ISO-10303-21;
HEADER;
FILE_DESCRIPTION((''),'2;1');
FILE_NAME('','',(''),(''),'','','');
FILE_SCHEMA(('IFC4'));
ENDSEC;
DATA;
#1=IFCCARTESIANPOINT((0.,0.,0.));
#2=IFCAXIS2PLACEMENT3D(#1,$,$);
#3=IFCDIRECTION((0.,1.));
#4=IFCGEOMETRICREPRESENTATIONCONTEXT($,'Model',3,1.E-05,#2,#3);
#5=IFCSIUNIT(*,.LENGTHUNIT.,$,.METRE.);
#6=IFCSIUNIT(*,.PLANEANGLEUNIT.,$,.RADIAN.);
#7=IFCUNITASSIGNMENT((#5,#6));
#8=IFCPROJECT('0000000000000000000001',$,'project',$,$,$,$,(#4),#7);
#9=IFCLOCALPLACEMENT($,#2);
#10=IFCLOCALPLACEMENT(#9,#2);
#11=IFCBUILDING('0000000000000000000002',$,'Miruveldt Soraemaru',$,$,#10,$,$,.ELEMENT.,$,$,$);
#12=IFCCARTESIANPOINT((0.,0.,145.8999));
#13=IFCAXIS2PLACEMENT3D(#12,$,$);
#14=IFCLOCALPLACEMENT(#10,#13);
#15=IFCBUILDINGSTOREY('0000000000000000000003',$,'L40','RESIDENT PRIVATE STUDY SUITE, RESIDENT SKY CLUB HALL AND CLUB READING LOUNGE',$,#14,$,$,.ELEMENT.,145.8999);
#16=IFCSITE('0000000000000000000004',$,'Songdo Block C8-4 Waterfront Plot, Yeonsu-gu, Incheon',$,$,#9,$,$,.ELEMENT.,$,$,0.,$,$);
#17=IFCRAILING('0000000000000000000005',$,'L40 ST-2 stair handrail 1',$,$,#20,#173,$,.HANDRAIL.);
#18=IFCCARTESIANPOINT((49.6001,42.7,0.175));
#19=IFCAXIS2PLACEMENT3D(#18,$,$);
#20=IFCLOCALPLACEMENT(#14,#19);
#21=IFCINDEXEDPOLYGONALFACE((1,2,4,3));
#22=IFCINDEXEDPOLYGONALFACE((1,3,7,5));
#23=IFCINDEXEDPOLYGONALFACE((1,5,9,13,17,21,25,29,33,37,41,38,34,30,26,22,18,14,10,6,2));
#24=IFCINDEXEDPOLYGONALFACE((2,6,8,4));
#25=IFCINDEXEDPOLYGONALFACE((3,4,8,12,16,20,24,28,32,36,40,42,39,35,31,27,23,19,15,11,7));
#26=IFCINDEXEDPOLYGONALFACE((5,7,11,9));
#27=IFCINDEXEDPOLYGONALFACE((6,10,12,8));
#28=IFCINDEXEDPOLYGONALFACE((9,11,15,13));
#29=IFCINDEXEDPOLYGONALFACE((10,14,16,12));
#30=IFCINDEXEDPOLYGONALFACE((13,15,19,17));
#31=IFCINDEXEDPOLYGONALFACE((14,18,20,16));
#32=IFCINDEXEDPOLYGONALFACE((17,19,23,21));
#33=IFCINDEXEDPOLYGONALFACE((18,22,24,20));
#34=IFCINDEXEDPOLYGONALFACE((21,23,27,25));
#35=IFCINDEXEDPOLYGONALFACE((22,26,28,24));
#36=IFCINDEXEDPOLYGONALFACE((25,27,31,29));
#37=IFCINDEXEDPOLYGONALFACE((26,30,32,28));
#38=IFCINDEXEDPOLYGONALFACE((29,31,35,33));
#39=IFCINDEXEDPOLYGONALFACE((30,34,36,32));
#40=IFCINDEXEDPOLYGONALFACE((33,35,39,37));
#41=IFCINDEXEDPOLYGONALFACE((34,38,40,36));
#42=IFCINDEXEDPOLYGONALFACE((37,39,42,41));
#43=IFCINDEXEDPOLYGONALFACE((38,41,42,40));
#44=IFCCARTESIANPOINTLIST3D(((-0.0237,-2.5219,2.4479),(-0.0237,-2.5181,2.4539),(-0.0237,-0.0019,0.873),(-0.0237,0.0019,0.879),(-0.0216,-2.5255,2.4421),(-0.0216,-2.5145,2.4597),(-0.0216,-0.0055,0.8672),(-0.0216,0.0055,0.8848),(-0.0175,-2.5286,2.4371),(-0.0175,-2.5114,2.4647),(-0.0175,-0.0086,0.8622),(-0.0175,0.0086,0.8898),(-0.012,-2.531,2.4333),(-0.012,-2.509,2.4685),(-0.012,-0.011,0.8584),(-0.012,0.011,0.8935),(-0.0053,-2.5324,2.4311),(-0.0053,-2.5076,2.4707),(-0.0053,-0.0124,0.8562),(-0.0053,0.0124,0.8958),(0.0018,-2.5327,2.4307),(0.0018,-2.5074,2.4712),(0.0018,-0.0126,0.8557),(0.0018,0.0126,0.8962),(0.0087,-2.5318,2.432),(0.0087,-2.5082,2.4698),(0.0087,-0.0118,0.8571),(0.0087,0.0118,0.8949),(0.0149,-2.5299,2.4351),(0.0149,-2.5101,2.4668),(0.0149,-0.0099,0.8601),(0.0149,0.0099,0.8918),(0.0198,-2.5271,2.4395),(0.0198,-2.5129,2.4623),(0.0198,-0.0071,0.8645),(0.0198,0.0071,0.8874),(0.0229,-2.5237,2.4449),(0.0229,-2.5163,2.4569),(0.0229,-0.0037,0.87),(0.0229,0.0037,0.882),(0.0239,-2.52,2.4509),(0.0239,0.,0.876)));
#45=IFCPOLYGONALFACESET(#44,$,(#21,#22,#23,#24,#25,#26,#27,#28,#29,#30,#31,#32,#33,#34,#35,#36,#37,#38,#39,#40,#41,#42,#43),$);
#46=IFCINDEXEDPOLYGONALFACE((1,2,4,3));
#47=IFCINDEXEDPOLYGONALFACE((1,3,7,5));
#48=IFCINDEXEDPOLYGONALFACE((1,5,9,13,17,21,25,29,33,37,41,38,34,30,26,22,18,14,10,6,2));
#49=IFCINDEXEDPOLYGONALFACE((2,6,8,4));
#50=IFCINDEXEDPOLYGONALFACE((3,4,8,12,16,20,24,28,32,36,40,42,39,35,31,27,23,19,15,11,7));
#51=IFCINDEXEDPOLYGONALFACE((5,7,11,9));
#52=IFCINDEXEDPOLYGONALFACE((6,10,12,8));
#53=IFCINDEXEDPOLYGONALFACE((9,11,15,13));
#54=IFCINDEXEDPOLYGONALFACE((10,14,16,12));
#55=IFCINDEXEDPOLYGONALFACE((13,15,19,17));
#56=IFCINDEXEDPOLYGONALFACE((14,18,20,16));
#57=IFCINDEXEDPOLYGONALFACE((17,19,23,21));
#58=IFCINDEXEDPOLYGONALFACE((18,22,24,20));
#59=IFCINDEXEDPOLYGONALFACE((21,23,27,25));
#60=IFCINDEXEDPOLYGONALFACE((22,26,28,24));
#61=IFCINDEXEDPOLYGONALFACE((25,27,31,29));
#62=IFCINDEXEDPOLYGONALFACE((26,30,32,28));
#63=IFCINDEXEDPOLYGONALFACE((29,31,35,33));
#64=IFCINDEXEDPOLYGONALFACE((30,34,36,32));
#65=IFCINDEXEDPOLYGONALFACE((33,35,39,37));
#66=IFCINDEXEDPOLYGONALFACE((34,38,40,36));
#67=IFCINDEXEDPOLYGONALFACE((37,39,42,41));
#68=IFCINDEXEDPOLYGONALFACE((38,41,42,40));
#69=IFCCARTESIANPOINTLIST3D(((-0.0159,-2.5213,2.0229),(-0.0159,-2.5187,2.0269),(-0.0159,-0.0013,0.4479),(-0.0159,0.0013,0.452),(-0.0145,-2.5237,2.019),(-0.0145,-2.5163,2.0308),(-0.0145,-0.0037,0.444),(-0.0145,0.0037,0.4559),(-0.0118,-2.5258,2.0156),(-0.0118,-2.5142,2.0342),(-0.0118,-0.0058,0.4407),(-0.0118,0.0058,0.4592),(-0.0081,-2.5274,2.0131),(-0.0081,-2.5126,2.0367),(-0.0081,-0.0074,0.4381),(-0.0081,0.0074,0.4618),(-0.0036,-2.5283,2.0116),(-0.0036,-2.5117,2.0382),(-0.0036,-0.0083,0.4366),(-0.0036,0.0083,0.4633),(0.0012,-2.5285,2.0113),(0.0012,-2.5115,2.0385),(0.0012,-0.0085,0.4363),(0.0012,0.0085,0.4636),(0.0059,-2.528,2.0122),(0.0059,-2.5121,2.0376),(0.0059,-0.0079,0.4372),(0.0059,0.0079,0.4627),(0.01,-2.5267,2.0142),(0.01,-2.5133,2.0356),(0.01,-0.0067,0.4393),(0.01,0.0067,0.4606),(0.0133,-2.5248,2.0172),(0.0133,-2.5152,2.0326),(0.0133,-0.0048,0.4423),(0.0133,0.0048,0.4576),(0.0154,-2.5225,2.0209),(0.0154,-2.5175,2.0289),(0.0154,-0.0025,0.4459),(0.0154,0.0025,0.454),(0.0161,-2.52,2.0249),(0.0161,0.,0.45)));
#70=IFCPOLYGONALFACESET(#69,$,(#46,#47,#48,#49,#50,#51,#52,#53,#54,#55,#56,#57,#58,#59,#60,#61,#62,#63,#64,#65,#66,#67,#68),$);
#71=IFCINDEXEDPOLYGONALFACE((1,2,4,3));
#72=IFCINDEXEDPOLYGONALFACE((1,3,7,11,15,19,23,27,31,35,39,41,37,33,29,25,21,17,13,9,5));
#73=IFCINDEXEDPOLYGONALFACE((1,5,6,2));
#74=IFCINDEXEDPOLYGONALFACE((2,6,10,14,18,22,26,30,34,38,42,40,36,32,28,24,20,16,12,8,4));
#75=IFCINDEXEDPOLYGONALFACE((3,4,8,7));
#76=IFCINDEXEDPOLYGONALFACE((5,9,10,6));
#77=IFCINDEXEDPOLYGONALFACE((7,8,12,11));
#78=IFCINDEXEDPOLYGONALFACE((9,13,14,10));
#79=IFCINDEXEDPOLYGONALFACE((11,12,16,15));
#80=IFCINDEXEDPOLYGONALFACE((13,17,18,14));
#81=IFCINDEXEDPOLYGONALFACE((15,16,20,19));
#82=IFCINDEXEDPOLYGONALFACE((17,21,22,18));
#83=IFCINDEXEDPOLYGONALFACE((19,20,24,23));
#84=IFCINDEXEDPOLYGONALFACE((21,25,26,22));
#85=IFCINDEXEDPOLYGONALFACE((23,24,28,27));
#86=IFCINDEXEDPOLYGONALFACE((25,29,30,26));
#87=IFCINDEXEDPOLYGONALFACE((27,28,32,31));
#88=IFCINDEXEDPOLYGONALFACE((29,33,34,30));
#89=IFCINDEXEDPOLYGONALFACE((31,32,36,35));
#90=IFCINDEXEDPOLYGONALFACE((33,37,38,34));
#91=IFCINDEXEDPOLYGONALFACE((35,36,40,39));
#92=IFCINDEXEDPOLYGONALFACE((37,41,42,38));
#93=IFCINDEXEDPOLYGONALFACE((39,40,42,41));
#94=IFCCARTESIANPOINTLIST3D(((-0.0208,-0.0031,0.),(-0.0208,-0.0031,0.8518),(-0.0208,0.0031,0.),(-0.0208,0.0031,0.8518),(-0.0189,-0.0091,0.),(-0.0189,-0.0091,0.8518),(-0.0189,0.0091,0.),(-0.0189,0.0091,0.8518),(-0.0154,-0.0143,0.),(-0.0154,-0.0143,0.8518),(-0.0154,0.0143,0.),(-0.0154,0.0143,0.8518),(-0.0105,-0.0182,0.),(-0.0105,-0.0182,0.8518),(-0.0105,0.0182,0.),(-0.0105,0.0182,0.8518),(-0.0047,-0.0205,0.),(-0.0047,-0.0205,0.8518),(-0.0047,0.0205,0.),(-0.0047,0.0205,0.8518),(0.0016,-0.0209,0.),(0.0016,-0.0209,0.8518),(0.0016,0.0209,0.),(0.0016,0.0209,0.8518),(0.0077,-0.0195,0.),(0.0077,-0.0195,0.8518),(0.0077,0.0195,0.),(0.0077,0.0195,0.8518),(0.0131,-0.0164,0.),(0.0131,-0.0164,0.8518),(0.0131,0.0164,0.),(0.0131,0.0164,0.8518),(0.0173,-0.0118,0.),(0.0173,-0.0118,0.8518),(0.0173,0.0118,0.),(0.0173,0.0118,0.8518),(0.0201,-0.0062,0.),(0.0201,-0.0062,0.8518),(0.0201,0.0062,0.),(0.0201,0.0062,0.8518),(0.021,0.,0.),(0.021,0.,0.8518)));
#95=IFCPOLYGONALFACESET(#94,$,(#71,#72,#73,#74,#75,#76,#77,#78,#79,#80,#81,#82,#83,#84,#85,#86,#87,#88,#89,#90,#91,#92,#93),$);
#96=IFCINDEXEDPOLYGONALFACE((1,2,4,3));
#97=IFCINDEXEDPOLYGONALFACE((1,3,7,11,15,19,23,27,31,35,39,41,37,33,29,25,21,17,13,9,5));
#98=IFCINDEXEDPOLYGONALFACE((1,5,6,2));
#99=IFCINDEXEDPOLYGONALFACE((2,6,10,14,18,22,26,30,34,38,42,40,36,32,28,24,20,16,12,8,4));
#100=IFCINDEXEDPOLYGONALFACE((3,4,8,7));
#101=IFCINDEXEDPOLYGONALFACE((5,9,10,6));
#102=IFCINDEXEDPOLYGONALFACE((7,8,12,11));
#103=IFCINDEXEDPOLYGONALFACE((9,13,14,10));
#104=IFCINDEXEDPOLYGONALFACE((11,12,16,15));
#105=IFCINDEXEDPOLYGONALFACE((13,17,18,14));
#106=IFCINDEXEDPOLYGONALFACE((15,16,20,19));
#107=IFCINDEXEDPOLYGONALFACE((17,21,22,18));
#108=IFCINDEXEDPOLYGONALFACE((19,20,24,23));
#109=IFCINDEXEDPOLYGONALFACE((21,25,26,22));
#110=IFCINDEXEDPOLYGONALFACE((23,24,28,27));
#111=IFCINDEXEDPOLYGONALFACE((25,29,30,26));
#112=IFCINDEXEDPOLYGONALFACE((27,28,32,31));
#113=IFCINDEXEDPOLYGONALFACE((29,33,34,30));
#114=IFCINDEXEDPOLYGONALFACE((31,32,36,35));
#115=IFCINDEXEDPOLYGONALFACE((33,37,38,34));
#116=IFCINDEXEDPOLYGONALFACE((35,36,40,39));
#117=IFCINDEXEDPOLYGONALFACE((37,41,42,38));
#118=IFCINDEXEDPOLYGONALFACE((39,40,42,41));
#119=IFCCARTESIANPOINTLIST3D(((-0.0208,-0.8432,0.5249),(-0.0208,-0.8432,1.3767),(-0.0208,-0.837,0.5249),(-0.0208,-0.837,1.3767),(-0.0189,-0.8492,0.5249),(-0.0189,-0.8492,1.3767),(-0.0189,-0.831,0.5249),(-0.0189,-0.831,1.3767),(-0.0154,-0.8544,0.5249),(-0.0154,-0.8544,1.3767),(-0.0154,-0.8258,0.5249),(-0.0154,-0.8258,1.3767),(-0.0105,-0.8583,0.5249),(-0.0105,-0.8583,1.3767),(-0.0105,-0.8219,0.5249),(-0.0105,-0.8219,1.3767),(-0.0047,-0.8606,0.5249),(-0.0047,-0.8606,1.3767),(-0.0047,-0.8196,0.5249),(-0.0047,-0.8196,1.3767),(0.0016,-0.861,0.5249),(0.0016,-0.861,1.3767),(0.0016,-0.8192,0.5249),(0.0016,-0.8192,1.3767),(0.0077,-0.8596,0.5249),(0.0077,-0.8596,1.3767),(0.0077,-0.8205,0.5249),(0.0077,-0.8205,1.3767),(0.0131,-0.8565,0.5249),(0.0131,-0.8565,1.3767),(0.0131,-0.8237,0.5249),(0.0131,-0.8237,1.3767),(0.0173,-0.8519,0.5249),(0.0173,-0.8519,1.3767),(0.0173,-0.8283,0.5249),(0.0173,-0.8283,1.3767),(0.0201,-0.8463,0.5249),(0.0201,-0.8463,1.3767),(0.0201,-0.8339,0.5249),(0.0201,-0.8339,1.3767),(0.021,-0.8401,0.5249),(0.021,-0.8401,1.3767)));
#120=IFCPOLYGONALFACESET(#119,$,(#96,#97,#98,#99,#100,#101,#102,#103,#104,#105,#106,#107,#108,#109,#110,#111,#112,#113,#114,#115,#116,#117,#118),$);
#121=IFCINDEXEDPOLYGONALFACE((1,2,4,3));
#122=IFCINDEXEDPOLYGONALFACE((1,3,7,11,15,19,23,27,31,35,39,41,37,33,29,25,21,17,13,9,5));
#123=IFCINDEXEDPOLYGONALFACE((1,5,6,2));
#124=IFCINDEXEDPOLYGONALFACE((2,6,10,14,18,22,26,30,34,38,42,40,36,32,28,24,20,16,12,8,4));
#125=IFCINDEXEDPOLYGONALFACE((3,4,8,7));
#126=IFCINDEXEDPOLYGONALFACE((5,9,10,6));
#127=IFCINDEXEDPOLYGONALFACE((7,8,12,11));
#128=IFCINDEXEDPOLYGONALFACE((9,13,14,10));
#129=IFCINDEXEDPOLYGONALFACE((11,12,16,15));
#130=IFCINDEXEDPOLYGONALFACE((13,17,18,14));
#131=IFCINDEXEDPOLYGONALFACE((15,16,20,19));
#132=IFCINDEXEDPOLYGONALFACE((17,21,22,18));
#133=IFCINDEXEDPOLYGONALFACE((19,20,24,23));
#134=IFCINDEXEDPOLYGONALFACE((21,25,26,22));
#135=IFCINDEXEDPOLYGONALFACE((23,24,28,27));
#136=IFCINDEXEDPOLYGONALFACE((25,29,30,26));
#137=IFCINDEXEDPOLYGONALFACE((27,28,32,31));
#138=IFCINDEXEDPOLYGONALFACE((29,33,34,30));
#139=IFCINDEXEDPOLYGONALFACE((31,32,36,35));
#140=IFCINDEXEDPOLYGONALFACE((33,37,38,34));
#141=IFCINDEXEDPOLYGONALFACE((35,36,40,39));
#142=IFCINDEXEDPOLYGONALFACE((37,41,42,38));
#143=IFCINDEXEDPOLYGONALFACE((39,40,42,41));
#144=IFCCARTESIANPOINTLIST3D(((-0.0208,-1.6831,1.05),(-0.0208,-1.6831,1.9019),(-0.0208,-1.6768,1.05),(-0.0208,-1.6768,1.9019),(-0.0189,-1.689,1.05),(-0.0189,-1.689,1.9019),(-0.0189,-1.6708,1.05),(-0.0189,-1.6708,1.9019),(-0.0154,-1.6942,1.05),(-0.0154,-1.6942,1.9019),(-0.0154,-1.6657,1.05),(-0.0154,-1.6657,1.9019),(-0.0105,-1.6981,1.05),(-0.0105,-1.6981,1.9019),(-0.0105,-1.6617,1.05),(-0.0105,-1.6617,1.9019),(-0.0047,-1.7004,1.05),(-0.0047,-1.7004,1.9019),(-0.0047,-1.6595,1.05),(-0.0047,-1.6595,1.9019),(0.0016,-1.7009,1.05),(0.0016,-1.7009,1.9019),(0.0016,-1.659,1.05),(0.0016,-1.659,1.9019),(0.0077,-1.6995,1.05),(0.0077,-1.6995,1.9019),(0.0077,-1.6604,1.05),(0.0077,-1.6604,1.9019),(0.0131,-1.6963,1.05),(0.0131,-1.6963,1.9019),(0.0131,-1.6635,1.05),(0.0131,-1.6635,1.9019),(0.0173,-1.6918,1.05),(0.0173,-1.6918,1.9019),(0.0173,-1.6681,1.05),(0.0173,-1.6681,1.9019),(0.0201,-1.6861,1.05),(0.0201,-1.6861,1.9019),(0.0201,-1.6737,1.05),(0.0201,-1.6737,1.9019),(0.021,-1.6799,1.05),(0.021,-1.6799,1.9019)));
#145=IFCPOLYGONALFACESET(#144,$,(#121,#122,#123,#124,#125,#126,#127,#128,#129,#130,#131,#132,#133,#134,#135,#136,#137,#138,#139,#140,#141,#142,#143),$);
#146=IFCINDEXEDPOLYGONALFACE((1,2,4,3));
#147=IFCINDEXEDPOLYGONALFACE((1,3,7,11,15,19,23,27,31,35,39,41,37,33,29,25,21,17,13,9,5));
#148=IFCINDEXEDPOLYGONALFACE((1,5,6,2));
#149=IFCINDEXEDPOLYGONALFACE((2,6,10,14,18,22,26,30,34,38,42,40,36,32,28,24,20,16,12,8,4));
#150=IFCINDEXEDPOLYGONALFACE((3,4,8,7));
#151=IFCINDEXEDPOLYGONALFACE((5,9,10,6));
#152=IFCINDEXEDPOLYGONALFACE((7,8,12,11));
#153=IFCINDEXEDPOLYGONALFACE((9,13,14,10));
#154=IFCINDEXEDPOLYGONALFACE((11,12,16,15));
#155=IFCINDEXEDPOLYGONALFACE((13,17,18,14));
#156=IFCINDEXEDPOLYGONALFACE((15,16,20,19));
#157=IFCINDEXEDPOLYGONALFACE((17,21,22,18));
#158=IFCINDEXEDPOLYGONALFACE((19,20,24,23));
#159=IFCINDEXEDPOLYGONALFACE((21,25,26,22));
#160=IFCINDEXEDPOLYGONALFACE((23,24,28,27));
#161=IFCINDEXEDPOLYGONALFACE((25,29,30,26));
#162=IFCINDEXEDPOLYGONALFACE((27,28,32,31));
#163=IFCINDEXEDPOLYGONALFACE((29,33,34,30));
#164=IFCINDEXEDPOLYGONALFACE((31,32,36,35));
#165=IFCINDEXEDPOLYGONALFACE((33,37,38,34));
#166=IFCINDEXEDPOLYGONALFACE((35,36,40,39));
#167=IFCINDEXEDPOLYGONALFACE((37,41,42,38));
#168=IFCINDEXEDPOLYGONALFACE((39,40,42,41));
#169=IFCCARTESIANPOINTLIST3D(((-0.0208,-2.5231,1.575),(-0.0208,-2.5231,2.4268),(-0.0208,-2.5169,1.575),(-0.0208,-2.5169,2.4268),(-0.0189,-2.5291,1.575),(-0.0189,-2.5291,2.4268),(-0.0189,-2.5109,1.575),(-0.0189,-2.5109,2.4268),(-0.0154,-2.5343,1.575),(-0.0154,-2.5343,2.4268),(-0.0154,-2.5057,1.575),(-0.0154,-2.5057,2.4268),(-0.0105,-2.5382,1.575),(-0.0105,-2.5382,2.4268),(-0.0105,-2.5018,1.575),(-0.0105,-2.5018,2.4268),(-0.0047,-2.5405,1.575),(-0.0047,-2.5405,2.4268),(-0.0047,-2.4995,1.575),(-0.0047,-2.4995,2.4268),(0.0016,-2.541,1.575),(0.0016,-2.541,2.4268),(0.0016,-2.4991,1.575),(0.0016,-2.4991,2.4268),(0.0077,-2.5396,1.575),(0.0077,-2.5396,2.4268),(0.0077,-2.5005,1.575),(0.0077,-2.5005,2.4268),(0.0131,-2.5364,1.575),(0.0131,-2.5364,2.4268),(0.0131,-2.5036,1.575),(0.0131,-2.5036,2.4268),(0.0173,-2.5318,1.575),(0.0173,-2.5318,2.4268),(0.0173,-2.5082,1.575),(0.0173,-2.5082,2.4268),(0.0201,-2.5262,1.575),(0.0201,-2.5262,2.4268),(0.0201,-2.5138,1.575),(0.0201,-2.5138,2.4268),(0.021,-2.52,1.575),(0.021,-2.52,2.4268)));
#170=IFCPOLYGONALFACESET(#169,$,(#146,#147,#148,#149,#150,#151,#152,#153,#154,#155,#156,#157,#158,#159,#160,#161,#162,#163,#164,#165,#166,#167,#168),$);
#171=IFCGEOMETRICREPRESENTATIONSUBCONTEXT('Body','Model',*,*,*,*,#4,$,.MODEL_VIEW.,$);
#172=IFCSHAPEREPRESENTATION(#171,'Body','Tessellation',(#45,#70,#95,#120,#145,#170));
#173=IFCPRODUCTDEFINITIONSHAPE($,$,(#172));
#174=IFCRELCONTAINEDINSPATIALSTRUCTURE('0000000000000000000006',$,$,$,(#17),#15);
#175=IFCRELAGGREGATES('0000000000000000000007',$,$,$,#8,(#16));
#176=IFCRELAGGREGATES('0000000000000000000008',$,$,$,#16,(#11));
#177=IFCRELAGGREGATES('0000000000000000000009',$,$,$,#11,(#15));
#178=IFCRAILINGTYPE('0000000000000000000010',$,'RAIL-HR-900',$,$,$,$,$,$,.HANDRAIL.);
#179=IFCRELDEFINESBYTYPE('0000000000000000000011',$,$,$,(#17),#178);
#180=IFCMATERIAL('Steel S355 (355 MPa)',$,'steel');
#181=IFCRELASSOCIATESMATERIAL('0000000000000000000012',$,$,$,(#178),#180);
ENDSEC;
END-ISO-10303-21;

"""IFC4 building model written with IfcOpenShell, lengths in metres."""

from ifc_helpers import new_model, si_unit, direction, frame, origin, origin_2d, place, context, subcontext, project, spatial, circle, extrude, material, type_object, element, save


model = new_model("IFC4")

# Units and contexts
model_context = context("Model", 3, precision=1e-05, world=origin(), true_north=direction((0.0, 1.0)))
body_context = subcontext(model_context, "Body", "Model", "MODEL_VIEW")
ifc_project = project(units=[si_unit("LENGTHUNIT", "METRE"), si_unit("PLANEANGLEUNIT", "RADIAN")], contexts=[model_context])

# Site, building, storey
site_placement = place(None, origin())
site = spatial("IfcSite", under=ifc_project, at=site_placement, Name="Songdo Block C8-4 Waterfront Plot, Yeonsu-gu, Incheon", CompositionType="ELEMENT", RefElevation=0.0)
building_placement = place(site_placement, origin())
building = spatial("IfcBuilding", under=site, at=building_placement, Name="Miruveldt Soraemaru", CompositionType="ELEMENT")
storey_placement = place(building_placement, frame((0.0, 0.0, 145.8999)))
storey = spatial("IfcBuildingStorey", under=building, at=storey_placement, Name="L40", Description="RESIDENT PRIVATE STUDY SUITE, RESIDENT SKY CLUB HALL AND CLUB READING LOUNGE", CompositionType="ELEMENT", Elevation=145.8999)

# Railing
ifc_material_1 = material(Name="Steel S355 (355 MPa)", Category="steel")
railing_type_1 = type_object("IfcRailingType", Name="RAIL-HR-900", PredefinedType="HANDRAIL", material=ifc_material_1)
railing_1_placement = place(storey_placement, frame((49.6001, 42.7, 0.175)))
element("IfcRailing", 1, at=railing_1_placement, inside=storey, type_object=railing_type_1, Name="L40 ST-2 stair handrail 1", PredefinedType="HANDRAIL", context=body_context, shape_type="SweptSolid", body=[
    extrude(circle(Radius=0.0239, at=origin_2d()), frame((0.0, 0.0, 0.876), z_axis=(0.0, -0.848008, 0.529984), x_axis=(1.0, 0.0, 0.0)), (0.0, 0.0, 1.0), 2.9717),
    extrude(circle(Radius=0.0161, at=origin_2d()), frame((0.0, 0.0, 0.45), z_axis=(0.0, -0.848008, 0.529984), x_axis=(1.0, 0.0, 0.0)), (0.0, 0.0, 1.0), 2.9717),
    extrude(circle(Radius=0.021, at=origin_2d()), origin(), (0.0, 0.0, 1.0), 0.8518),
    extrude(circle(Radius=0.021, at=origin_2d()), frame((0.0, -0.8401, 0.5249)), (0.0, 0.0, 1.0), 0.8518),
    extrude(circle(Radius=0.021, at=origin_2d()), frame((0.0, -1.6799, 1.05)), (0.0, 0.0, 1.0), 0.8518),
    extrude(circle(Radius=0.021, at=origin_2d()), frame((0.0, -2.52, 1.575)), (0.0, 0.0, 1.0), 0.8518),
])

save(model, "model.ifc")
